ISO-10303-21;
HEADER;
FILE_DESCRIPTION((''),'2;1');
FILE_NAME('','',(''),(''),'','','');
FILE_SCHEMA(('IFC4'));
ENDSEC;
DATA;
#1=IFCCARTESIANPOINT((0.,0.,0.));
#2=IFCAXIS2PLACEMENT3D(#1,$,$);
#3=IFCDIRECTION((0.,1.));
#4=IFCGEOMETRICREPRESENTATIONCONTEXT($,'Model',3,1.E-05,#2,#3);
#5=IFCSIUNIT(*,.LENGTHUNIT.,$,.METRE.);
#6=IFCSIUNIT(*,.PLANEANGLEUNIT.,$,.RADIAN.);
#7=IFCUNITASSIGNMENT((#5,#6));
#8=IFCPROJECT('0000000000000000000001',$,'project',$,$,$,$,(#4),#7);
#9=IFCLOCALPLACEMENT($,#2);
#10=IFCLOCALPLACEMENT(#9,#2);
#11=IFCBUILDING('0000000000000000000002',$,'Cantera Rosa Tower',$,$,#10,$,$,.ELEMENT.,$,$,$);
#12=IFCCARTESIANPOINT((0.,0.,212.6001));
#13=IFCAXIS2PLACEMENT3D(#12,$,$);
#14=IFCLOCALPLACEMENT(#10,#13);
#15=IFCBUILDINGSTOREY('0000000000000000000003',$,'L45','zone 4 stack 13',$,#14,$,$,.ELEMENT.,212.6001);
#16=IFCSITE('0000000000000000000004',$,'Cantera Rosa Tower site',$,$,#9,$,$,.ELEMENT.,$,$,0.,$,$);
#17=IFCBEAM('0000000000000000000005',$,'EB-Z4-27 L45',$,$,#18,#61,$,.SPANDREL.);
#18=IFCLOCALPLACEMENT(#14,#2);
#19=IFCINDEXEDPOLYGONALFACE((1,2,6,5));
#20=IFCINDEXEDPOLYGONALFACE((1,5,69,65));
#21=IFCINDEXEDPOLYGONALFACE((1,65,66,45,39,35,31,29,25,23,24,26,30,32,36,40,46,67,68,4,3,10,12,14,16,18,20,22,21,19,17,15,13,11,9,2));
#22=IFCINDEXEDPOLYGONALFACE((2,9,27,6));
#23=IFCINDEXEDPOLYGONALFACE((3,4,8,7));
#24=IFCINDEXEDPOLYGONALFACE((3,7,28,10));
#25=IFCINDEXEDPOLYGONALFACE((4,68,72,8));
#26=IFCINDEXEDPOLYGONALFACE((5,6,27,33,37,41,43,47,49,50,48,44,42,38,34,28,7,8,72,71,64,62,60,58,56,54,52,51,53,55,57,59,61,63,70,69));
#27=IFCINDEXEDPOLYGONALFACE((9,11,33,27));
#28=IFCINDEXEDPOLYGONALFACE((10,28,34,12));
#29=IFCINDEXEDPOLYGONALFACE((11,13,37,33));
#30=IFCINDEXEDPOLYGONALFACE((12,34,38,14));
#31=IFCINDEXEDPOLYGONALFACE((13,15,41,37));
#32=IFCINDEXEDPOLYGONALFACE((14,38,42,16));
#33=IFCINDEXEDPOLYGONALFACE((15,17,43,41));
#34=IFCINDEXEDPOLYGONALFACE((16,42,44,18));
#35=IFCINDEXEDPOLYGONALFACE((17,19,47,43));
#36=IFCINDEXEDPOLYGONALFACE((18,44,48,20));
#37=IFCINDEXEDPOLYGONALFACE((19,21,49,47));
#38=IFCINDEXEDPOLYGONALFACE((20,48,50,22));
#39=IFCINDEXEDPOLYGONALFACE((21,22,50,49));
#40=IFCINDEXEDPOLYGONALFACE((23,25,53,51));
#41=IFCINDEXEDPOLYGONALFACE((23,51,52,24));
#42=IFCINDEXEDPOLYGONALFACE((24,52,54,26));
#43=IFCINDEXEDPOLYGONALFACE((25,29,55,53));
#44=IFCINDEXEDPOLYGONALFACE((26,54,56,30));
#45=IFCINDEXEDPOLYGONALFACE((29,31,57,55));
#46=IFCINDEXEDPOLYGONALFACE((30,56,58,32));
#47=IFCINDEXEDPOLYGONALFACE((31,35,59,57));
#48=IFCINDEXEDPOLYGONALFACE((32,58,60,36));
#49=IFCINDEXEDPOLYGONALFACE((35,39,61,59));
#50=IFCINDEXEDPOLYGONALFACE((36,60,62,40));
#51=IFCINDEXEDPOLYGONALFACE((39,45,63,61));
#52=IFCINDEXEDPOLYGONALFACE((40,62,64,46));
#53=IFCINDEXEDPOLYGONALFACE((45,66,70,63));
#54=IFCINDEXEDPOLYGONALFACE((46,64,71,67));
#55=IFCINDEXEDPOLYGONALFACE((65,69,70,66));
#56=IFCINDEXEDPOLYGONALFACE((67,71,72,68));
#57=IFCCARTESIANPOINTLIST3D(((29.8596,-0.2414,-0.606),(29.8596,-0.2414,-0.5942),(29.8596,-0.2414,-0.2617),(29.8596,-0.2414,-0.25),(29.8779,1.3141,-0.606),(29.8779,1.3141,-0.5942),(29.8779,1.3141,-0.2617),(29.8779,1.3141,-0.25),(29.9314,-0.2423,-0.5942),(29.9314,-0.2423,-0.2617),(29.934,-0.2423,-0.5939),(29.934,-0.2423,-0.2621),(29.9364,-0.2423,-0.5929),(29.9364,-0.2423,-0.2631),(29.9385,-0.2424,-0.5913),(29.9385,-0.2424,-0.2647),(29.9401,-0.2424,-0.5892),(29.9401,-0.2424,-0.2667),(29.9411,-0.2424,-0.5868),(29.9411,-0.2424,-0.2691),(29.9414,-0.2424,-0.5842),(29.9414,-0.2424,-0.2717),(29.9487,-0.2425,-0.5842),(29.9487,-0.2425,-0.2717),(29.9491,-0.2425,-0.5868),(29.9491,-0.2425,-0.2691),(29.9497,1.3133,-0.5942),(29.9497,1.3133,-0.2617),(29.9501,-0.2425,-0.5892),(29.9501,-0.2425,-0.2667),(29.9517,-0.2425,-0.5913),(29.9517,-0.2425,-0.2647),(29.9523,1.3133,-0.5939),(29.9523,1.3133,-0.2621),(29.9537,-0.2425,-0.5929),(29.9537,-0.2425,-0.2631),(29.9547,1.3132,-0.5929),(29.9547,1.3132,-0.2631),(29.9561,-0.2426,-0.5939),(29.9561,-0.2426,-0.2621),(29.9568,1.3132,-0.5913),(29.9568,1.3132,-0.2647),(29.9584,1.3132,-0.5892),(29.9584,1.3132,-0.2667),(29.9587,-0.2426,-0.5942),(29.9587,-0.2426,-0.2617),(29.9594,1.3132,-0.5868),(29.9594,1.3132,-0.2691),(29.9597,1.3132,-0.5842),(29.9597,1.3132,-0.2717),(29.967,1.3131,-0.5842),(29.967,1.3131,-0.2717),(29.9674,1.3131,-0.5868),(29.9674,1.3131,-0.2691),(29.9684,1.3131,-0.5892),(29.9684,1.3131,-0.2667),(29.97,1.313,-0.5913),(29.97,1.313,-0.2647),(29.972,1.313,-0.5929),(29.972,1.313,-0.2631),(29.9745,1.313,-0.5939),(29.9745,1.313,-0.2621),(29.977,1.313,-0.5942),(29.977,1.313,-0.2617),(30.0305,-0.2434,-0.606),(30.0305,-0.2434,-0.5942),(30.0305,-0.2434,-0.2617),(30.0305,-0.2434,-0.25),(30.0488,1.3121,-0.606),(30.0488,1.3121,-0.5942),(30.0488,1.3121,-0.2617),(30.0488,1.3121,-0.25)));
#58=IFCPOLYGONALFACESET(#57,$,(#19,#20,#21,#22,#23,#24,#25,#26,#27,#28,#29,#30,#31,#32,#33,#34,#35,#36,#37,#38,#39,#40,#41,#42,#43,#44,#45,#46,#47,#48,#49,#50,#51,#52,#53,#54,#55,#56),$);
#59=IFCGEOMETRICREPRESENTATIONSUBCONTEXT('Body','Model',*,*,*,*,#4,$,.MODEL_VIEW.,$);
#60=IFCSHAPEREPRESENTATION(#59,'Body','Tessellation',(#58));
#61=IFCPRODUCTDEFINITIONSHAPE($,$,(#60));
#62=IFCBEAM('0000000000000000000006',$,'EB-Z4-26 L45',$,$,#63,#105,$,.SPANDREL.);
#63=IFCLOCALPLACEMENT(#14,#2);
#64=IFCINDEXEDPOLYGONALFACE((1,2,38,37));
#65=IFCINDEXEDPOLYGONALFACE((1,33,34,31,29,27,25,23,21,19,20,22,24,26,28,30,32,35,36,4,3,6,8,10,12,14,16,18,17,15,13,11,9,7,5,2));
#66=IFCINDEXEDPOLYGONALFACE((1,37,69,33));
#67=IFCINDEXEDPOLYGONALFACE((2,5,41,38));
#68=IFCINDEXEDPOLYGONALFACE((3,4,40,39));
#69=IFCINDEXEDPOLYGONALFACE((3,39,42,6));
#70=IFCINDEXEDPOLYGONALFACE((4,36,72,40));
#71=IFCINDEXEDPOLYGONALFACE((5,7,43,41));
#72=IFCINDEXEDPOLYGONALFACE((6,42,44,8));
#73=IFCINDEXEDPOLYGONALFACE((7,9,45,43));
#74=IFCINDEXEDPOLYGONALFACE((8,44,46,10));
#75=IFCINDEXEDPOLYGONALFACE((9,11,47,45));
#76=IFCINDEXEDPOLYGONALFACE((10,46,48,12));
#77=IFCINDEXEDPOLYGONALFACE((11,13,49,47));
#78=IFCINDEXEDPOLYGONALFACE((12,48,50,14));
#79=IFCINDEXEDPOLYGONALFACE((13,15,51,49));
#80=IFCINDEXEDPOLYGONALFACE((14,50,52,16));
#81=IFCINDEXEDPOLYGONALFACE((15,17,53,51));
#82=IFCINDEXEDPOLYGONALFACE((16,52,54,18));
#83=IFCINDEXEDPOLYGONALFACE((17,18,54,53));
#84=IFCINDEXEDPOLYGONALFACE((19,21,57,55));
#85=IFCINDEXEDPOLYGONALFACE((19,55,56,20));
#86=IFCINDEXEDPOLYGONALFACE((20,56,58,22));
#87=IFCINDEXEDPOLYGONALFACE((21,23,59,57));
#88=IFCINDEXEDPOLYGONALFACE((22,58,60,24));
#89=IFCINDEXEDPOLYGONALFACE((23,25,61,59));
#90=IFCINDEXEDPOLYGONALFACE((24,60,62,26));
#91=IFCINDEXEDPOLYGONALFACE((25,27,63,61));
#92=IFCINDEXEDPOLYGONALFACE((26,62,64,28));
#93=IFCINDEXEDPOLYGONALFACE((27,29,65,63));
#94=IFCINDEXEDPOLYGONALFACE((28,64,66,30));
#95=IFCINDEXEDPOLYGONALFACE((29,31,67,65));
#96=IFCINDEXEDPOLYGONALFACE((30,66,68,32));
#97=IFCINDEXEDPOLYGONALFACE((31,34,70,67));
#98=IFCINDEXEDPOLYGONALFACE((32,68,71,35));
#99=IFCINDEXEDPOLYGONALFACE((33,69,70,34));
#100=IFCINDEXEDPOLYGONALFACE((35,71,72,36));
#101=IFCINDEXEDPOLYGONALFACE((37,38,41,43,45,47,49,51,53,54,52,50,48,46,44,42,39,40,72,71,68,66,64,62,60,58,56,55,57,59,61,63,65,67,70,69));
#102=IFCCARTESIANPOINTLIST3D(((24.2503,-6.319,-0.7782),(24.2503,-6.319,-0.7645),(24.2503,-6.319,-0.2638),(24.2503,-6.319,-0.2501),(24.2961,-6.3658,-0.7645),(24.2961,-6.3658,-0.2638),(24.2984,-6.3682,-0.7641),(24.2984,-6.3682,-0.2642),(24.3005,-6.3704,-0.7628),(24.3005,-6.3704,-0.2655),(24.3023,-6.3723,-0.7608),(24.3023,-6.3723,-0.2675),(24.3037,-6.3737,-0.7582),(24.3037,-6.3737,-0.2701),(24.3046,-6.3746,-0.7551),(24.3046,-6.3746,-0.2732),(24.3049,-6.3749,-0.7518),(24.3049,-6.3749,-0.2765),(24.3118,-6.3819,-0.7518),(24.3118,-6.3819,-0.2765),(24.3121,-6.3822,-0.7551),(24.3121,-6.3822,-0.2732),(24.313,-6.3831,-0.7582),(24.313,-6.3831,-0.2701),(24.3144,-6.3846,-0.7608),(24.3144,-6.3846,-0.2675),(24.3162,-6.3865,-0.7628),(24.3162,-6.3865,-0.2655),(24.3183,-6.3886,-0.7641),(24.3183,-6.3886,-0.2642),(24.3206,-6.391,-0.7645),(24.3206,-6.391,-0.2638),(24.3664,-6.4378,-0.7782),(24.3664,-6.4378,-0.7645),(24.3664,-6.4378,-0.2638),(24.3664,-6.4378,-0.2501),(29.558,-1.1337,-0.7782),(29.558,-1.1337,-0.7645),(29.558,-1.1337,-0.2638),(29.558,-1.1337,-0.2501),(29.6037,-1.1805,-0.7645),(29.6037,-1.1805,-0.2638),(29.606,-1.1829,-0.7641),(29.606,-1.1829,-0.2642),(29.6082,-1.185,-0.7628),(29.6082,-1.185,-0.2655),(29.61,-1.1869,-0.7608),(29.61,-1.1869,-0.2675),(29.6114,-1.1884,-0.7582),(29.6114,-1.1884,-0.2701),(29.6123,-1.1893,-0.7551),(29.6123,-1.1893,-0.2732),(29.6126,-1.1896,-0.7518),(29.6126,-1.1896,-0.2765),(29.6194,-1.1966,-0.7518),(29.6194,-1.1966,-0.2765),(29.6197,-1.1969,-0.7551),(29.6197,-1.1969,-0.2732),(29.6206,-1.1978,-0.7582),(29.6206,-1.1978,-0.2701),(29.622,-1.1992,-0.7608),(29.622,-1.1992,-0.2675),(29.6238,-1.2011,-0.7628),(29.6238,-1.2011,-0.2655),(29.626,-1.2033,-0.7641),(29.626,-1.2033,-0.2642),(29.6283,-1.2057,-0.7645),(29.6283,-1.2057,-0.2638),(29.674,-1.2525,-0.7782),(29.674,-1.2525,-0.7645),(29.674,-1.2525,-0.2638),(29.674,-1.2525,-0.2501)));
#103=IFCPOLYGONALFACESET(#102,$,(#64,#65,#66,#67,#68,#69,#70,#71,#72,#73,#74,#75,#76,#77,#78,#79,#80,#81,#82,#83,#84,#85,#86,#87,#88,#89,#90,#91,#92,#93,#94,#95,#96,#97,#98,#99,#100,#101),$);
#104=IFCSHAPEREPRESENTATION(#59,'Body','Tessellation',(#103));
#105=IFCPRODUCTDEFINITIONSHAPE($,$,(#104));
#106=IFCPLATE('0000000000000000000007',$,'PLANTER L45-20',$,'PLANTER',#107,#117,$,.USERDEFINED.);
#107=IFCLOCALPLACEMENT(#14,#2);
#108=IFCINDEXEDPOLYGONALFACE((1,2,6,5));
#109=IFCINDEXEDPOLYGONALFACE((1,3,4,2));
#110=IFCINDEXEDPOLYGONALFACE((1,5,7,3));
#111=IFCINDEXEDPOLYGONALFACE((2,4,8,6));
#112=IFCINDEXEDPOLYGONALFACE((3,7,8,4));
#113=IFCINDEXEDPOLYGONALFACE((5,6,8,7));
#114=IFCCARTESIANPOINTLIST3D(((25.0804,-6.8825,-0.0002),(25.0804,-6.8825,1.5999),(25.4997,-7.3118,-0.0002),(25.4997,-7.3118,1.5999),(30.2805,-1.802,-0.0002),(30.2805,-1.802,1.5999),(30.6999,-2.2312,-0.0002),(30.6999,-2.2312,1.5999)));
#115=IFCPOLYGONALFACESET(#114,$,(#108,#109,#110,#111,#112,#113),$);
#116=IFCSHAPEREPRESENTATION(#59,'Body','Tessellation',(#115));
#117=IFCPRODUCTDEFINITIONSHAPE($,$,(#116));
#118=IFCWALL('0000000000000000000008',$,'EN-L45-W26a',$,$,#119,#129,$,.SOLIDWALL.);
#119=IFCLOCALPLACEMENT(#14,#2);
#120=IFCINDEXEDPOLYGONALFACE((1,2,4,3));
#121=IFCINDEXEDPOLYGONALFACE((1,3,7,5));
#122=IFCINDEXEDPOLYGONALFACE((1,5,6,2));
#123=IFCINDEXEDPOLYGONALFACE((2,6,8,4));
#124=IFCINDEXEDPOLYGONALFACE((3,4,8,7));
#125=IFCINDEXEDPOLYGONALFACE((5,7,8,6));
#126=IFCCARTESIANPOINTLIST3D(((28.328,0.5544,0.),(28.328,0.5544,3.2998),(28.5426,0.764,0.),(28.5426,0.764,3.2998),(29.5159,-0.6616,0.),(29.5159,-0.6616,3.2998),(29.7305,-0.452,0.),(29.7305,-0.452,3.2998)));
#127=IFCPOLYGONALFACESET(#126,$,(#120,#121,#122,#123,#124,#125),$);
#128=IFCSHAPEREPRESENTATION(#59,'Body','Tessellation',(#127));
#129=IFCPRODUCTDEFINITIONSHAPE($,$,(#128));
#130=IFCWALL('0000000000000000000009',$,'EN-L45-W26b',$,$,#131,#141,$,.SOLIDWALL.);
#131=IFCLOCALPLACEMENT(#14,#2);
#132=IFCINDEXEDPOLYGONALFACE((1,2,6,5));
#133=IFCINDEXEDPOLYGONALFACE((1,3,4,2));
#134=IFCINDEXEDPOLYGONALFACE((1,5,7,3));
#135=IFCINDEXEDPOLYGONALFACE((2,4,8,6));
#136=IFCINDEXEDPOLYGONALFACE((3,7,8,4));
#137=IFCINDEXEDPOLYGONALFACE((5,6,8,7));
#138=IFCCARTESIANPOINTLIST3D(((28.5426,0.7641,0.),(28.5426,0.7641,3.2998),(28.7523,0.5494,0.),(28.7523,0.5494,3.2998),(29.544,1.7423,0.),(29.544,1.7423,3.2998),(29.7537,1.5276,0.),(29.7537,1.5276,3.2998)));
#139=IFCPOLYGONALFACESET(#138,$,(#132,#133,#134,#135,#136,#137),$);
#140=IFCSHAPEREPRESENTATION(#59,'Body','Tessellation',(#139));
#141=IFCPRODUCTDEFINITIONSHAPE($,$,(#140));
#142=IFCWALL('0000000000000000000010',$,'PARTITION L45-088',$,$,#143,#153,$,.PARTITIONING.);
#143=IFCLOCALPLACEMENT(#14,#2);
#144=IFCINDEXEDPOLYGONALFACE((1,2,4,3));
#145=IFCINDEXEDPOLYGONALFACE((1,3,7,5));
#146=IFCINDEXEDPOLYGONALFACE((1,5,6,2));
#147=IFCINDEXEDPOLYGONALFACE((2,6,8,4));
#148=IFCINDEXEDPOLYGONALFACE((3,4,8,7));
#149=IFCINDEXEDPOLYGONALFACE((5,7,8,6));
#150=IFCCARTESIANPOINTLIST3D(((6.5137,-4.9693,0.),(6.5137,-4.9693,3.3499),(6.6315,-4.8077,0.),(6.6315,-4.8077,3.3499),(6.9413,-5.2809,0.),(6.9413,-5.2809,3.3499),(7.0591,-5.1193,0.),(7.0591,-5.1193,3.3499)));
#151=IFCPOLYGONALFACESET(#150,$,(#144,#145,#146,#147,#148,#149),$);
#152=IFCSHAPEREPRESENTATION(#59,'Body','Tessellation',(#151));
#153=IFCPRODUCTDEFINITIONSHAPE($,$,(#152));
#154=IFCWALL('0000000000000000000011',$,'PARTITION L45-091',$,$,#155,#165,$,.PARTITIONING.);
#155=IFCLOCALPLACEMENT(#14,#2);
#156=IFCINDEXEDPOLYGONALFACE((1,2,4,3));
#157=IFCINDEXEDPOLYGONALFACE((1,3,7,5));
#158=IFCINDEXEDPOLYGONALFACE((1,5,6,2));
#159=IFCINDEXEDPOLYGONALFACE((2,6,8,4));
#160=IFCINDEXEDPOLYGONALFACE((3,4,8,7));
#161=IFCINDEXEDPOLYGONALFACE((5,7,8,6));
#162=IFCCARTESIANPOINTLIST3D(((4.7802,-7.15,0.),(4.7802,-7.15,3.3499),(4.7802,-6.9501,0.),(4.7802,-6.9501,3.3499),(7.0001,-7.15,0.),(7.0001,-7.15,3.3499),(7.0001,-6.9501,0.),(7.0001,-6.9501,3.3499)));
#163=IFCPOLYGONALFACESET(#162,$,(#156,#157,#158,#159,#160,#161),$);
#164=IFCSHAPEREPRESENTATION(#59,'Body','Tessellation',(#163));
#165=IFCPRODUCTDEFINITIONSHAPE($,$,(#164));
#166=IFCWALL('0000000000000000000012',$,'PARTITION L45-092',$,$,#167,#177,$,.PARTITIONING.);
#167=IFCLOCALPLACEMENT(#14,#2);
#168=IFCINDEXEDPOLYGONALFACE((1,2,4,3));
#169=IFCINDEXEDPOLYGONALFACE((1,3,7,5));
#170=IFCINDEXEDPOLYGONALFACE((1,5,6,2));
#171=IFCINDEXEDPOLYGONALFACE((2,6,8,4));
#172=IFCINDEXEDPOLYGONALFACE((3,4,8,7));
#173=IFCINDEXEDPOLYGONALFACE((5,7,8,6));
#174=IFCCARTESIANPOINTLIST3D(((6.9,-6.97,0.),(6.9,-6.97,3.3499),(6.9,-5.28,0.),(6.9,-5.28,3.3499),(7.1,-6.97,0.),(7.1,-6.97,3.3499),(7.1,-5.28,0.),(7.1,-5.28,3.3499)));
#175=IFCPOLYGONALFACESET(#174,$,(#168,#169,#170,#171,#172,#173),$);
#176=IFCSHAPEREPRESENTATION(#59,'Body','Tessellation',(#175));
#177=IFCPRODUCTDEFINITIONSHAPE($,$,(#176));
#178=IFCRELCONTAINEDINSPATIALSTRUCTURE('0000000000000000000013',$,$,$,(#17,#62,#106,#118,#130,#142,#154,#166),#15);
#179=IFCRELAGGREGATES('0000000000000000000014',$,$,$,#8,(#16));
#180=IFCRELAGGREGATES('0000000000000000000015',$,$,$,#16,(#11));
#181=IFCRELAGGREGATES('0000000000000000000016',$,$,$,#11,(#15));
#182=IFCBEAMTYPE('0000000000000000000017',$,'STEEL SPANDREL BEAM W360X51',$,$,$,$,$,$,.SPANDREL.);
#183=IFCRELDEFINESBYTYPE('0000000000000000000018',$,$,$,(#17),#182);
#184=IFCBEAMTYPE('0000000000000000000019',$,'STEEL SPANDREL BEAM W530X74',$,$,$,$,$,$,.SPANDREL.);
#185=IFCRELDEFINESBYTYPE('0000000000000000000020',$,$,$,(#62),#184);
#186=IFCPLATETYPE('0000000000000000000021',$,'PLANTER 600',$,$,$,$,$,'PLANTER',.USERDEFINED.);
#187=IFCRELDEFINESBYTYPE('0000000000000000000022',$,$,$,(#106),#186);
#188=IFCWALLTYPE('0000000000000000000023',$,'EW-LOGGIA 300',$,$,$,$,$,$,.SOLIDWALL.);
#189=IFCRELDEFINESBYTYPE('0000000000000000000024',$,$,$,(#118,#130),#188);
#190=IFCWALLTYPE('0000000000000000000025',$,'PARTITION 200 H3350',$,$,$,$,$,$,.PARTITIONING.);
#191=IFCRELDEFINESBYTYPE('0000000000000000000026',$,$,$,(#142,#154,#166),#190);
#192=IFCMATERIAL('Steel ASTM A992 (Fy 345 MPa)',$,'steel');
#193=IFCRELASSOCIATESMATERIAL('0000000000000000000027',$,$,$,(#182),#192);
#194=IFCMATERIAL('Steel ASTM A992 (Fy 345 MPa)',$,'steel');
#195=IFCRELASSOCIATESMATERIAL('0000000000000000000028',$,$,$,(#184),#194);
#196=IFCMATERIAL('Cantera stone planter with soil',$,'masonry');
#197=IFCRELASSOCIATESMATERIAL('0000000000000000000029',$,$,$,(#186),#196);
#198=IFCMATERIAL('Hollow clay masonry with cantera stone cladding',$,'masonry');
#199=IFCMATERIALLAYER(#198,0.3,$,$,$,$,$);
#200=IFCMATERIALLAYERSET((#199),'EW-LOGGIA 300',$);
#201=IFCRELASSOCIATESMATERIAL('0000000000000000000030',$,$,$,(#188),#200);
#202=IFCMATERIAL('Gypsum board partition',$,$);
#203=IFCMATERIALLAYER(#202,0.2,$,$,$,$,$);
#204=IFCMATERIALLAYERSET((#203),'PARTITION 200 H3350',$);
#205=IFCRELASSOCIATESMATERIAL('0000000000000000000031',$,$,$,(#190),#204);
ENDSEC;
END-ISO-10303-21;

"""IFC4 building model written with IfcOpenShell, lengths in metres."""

from ifc_helpers import new_model, si_unit, direction, frame, frame_2d, origin, origin_2d, place, context, subcontext, project, spatial, rectangle, i_section, extrude, material, layer, layer_set, material_profile, profile_set, type_object, element, save


model = new_model("IFC4")

# Units and contexts
model_context = context("Model", 3, precision=1e-05, world=origin(), true_north=direction((0.0, 1.0)))
body_context = subcontext(model_context, "Body", "Model", "MODEL_VIEW")
ifc_project = project(units=[si_unit("LENGTHUNIT", "METRE"), si_unit("PLANEANGLEUNIT", "RADIAN")], contexts=[model_context])

# Site, building, storey
site_placement = place(None, origin())
site = spatial("IfcSite", under=ifc_project, at=site_placement, Name="Cantera Rosa Tower site", CompositionType="ELEMENT", RefElevation=0.0)
building_placement = place(site_placement, origin())
building = spatial("IfcBuilding", under=site, at=building_placement, Name="Cantera Rosa Tower", CompositionType="ELEMENT")
storey_placement = place(building_placement, frame((0.0, 0.0, 212.6001)))
storey = spatial("IfcBuildingStorey", under=building, at=storey_placement, Name="L45", Description="zone 4 stack 13", CompositionType="ELEMENT", Elevation=212.6001)

# Beams
ifc_material_1 = material(Name="Steel ASTM A992 (Fy 345 MPa)", Category="steel")
ifc_material_profile_1 = material_profile(ifc_material_1, i_section(OverallWidth=0.1709, OverallDepth=0.356, WebThickness=0.0073, FlangeThickness=0.0117, FilletRadius=0.01, at=origin_2d()), Name="W360X51")
ifc_profile_set_1 = profile_set([ifc_material_profile_1], Name="Steel ASTM A992 (Fy 345 MPa)")
beam_type_1 = type_object("IfcBeamType", Name="STEEL SPANDREL BEAM W360X51", PredefinedType="SPANDREL", material=ifc_profile_set_1)
beam_1_placement = place(storey_placement, frame((29.9451, -0.2424, -0.428), z_axis=(0.011769, 0.999931, 0.0), x_axis=(-0.999931, 0.011769, 0.0)))
element("IfcBeam", 1, at=beam_1_placement, inside=storey, type_object=beam_type_1, Name="EB-Z4-27 L45", PredefinedType="SPANDREL", context=body_context, shape_type="SweptSolid", body=[
    extrude(i_section(OverallWidth=0.1709, OverallDepth=0.356, WebThickness=0.0073, FlangeThickness=0.0117, FilletRadius=0.01, at=origin_2d()), origin(), (0.0, 0.0, 1.0), 1.5557),
])
ifc_material_2 = material(Name="Steel ASTM A992 (Fy 345 MPa)", Category="steel")
ifc_material_profile_2 = material_profile(ifc_material_2, i_section(OverallWidth=0.166, OverallDepth=0.5281, WebThickness=0.0098, FlangeThickness=0.0137, FilletRadius=0.0127, at=origin_2d()), Name="W530X74")
ifc_profile_set_2 = profile_set([ifc_material_profile_2], Name="Steel ASTM A992 (Fy 345 MPa)")
beam_type_2 = type_object("IfcBeamType", Name="STEEL SPANDREL BEAM W530X74", PredefinedType="SPANDREL", material=ifc_profile_set_2)
beam_2_placement = place(storey_placement, frame((24.3083, -6.3784, -0.5142), z_axis=(0.715301, 0.698817, 0.0), x_axis=(-0.698817, 0.715301, 0.0)))
element("IfcBeam", 2, at=beam_2_placement, inside=storey, type_object=beam_type_2, Name="EB-Z4-26 L45", PredefinedType="SPANDREL", context=body_context, shape_type="SweptSolid", body=[
    extrude(i_section(OverallWidth=0.166, OverallDepth=0.5281, WebThickness=0.0098, FlangeThickness=0.0137, FilletRadius=0.0127, at=origin_2d()), origin(), (0.0, 0.0, 1.0), 7.4202),
])

# Plate
ifc_material_3 = material(Name="Cantera stone planter with soil", Category="masonry")
plate_type = type_object("IfcPlateType", Name="PLANTER 600", ElementType="PLANTER", PredefinedType="USERDEFINED", material=ifc_material_3)
plate_placement = place(storey_placement, frame((27.8901, -4.5569, -0.0002), z_axis=(0.0, 0.0, 1.0), x_axis=(0.715286, 0.698832, 0.0)))
element("IfcPlate", 3, at=plate_placement, inside=storey, type_object=plate_type, Name="PLANTER L45-20", ObjectType="PLANTER", PredefinedType="USERDEFINED", context=body_context, shape_type="SweptSolid", body=[
    extrude(rectangle(XDim=7.27, YDim=0.6001, at=origin_2d()), origin(), (0.0, 0.0, 1.0), 1.6001),
])

# Walls
ifc_material_4 = material(Name="Hollow clay masonry with cantera stone cladding", Category="masonry")
ifc_layer_1 = layer(ifc_material_4, 0.3)
ifc_layer_set_1 = layer_set([ifc_layer_1], Name="EW-LOGGIA 300")
wall_type_1 = type_object("IfcWallType", Name="EW-LOGGIA 300", PredefinedType="SOLIDWALL", material=ifc_layer_set_1)
wall_1_placement = place(storey_placement, frame((29.6233, -0.5569, 0.0), z_axis=(0.0, 0.0, 1.0), x_axis=(-0.698801, 0.715316, 0.0)))
element("IfcWall", 4, at=wall_1_placement, inside=storey, type_object=wall_type_1, Name="EN-L45-W26a", PredefinedType="SOLIDWALL", context=body_context, shape_type="SweptSolid", body=[
    extrude(rectangle(XDim=1.7, YDim=0.3, at=frame_2d((0.8501, 0.0))), origin(), (0.0, 0.0, 1.0), 3.2998),
])
wall_2_placement = place(storey_placement, frame((28.6475, 0.6567, 0.0), z_axis=(0.0, 0.0, 1.0), x_axis=(0.715342, 0.698775, 0.0)))
element("IfcWall", 5, at=wall_2_placement, inside=storey, type_object=wall_type_1, Name="EN-L45-W26b", PredefinedType="SOLIDWALL", context=body_context, shape_type="SweptSolid", body=[
    extrude(rectangle(XDim=1.3999, YDim=0.3, at=frame_2d((0.7, 0.0))), origin(), (0.0, 0.0, 1.0), 3.2998),
])

# Walls
ifc_material_5 = material(Name="Gypsum board partition")
ifc_layer_2 = layer(ifc_material_5, 0.2)
ifc_layer_set_2 = layer_set([ifc_layer_2], Name="PARTITION 200 H3350")
wall_type_2 = type_object("IfcWallType", Name="PARTITION 200 H3350", PredefinedType="PARTITIONING", material=ifc_layer_set_2)
wall_3_placement = place(storey_placement, frame((6.5725, -4.8884, 0.0), z_axis=(0.0, 0.0, 1.0), x_axis=(0.808177, -0.58894, 0.0)))
element("IfcWall", 6, at=wall_3_placement, inside=storey, type_object=wall_type_2, Name="PARTITION L45-088", PredefinedType="PARTITIONING", context=body_context, shape_type="SweptSolid", body=[
    extrude(rectangle(XDim=0.5291, YDim=0.2, at=frame_2d((0.2646, 0.0))), origin(), (0.0, 0.0, 1.0), 3.3499),
])
wall_4_placement = place(storey_placement, frame((7.0, -7.05, 0.0), z_axis=(0.0, 0.0, 1.0), x_axis=(-1.0, 0.0, 0.0)))
element("IfcWall", 7, at=wall_4_placement, inside=storey, type_object=wall_type_2, Name="PARTITION L45-091", PredefinedType="PARTITIONING", context=body_context, shape_type="SweptSolid", body=[
    extrude(rectangle(XDim=2.22, YDim=0.2, at=frame_2d((1.1099, 0.0))), origin(), (0.0, 0.0, 1.0), 3.3499),
])
wall_5_placement = place(storey_placement, frame((7.0, -5.28, 0.0), z_axis=(0.0, 0.0, 1.0), x_axis=(0.0, -1.0, 0.0)))
element("IfcWall", 8, at=wall_5_placement, inside=storey, type_object=wall_type_2, Name="PARTITION L45-092", PredefinedType="PARTITIONING", context=body_context, shape_type="SweptSolid", body=[
    extrude(rectangle(XDim=1.6899, YDim=0.2, at=frame_2d((0.845, 0.0))), origin(), (0.0, 0.0, 1.0), 3.3499),
])

save(model, "model.ifc")
